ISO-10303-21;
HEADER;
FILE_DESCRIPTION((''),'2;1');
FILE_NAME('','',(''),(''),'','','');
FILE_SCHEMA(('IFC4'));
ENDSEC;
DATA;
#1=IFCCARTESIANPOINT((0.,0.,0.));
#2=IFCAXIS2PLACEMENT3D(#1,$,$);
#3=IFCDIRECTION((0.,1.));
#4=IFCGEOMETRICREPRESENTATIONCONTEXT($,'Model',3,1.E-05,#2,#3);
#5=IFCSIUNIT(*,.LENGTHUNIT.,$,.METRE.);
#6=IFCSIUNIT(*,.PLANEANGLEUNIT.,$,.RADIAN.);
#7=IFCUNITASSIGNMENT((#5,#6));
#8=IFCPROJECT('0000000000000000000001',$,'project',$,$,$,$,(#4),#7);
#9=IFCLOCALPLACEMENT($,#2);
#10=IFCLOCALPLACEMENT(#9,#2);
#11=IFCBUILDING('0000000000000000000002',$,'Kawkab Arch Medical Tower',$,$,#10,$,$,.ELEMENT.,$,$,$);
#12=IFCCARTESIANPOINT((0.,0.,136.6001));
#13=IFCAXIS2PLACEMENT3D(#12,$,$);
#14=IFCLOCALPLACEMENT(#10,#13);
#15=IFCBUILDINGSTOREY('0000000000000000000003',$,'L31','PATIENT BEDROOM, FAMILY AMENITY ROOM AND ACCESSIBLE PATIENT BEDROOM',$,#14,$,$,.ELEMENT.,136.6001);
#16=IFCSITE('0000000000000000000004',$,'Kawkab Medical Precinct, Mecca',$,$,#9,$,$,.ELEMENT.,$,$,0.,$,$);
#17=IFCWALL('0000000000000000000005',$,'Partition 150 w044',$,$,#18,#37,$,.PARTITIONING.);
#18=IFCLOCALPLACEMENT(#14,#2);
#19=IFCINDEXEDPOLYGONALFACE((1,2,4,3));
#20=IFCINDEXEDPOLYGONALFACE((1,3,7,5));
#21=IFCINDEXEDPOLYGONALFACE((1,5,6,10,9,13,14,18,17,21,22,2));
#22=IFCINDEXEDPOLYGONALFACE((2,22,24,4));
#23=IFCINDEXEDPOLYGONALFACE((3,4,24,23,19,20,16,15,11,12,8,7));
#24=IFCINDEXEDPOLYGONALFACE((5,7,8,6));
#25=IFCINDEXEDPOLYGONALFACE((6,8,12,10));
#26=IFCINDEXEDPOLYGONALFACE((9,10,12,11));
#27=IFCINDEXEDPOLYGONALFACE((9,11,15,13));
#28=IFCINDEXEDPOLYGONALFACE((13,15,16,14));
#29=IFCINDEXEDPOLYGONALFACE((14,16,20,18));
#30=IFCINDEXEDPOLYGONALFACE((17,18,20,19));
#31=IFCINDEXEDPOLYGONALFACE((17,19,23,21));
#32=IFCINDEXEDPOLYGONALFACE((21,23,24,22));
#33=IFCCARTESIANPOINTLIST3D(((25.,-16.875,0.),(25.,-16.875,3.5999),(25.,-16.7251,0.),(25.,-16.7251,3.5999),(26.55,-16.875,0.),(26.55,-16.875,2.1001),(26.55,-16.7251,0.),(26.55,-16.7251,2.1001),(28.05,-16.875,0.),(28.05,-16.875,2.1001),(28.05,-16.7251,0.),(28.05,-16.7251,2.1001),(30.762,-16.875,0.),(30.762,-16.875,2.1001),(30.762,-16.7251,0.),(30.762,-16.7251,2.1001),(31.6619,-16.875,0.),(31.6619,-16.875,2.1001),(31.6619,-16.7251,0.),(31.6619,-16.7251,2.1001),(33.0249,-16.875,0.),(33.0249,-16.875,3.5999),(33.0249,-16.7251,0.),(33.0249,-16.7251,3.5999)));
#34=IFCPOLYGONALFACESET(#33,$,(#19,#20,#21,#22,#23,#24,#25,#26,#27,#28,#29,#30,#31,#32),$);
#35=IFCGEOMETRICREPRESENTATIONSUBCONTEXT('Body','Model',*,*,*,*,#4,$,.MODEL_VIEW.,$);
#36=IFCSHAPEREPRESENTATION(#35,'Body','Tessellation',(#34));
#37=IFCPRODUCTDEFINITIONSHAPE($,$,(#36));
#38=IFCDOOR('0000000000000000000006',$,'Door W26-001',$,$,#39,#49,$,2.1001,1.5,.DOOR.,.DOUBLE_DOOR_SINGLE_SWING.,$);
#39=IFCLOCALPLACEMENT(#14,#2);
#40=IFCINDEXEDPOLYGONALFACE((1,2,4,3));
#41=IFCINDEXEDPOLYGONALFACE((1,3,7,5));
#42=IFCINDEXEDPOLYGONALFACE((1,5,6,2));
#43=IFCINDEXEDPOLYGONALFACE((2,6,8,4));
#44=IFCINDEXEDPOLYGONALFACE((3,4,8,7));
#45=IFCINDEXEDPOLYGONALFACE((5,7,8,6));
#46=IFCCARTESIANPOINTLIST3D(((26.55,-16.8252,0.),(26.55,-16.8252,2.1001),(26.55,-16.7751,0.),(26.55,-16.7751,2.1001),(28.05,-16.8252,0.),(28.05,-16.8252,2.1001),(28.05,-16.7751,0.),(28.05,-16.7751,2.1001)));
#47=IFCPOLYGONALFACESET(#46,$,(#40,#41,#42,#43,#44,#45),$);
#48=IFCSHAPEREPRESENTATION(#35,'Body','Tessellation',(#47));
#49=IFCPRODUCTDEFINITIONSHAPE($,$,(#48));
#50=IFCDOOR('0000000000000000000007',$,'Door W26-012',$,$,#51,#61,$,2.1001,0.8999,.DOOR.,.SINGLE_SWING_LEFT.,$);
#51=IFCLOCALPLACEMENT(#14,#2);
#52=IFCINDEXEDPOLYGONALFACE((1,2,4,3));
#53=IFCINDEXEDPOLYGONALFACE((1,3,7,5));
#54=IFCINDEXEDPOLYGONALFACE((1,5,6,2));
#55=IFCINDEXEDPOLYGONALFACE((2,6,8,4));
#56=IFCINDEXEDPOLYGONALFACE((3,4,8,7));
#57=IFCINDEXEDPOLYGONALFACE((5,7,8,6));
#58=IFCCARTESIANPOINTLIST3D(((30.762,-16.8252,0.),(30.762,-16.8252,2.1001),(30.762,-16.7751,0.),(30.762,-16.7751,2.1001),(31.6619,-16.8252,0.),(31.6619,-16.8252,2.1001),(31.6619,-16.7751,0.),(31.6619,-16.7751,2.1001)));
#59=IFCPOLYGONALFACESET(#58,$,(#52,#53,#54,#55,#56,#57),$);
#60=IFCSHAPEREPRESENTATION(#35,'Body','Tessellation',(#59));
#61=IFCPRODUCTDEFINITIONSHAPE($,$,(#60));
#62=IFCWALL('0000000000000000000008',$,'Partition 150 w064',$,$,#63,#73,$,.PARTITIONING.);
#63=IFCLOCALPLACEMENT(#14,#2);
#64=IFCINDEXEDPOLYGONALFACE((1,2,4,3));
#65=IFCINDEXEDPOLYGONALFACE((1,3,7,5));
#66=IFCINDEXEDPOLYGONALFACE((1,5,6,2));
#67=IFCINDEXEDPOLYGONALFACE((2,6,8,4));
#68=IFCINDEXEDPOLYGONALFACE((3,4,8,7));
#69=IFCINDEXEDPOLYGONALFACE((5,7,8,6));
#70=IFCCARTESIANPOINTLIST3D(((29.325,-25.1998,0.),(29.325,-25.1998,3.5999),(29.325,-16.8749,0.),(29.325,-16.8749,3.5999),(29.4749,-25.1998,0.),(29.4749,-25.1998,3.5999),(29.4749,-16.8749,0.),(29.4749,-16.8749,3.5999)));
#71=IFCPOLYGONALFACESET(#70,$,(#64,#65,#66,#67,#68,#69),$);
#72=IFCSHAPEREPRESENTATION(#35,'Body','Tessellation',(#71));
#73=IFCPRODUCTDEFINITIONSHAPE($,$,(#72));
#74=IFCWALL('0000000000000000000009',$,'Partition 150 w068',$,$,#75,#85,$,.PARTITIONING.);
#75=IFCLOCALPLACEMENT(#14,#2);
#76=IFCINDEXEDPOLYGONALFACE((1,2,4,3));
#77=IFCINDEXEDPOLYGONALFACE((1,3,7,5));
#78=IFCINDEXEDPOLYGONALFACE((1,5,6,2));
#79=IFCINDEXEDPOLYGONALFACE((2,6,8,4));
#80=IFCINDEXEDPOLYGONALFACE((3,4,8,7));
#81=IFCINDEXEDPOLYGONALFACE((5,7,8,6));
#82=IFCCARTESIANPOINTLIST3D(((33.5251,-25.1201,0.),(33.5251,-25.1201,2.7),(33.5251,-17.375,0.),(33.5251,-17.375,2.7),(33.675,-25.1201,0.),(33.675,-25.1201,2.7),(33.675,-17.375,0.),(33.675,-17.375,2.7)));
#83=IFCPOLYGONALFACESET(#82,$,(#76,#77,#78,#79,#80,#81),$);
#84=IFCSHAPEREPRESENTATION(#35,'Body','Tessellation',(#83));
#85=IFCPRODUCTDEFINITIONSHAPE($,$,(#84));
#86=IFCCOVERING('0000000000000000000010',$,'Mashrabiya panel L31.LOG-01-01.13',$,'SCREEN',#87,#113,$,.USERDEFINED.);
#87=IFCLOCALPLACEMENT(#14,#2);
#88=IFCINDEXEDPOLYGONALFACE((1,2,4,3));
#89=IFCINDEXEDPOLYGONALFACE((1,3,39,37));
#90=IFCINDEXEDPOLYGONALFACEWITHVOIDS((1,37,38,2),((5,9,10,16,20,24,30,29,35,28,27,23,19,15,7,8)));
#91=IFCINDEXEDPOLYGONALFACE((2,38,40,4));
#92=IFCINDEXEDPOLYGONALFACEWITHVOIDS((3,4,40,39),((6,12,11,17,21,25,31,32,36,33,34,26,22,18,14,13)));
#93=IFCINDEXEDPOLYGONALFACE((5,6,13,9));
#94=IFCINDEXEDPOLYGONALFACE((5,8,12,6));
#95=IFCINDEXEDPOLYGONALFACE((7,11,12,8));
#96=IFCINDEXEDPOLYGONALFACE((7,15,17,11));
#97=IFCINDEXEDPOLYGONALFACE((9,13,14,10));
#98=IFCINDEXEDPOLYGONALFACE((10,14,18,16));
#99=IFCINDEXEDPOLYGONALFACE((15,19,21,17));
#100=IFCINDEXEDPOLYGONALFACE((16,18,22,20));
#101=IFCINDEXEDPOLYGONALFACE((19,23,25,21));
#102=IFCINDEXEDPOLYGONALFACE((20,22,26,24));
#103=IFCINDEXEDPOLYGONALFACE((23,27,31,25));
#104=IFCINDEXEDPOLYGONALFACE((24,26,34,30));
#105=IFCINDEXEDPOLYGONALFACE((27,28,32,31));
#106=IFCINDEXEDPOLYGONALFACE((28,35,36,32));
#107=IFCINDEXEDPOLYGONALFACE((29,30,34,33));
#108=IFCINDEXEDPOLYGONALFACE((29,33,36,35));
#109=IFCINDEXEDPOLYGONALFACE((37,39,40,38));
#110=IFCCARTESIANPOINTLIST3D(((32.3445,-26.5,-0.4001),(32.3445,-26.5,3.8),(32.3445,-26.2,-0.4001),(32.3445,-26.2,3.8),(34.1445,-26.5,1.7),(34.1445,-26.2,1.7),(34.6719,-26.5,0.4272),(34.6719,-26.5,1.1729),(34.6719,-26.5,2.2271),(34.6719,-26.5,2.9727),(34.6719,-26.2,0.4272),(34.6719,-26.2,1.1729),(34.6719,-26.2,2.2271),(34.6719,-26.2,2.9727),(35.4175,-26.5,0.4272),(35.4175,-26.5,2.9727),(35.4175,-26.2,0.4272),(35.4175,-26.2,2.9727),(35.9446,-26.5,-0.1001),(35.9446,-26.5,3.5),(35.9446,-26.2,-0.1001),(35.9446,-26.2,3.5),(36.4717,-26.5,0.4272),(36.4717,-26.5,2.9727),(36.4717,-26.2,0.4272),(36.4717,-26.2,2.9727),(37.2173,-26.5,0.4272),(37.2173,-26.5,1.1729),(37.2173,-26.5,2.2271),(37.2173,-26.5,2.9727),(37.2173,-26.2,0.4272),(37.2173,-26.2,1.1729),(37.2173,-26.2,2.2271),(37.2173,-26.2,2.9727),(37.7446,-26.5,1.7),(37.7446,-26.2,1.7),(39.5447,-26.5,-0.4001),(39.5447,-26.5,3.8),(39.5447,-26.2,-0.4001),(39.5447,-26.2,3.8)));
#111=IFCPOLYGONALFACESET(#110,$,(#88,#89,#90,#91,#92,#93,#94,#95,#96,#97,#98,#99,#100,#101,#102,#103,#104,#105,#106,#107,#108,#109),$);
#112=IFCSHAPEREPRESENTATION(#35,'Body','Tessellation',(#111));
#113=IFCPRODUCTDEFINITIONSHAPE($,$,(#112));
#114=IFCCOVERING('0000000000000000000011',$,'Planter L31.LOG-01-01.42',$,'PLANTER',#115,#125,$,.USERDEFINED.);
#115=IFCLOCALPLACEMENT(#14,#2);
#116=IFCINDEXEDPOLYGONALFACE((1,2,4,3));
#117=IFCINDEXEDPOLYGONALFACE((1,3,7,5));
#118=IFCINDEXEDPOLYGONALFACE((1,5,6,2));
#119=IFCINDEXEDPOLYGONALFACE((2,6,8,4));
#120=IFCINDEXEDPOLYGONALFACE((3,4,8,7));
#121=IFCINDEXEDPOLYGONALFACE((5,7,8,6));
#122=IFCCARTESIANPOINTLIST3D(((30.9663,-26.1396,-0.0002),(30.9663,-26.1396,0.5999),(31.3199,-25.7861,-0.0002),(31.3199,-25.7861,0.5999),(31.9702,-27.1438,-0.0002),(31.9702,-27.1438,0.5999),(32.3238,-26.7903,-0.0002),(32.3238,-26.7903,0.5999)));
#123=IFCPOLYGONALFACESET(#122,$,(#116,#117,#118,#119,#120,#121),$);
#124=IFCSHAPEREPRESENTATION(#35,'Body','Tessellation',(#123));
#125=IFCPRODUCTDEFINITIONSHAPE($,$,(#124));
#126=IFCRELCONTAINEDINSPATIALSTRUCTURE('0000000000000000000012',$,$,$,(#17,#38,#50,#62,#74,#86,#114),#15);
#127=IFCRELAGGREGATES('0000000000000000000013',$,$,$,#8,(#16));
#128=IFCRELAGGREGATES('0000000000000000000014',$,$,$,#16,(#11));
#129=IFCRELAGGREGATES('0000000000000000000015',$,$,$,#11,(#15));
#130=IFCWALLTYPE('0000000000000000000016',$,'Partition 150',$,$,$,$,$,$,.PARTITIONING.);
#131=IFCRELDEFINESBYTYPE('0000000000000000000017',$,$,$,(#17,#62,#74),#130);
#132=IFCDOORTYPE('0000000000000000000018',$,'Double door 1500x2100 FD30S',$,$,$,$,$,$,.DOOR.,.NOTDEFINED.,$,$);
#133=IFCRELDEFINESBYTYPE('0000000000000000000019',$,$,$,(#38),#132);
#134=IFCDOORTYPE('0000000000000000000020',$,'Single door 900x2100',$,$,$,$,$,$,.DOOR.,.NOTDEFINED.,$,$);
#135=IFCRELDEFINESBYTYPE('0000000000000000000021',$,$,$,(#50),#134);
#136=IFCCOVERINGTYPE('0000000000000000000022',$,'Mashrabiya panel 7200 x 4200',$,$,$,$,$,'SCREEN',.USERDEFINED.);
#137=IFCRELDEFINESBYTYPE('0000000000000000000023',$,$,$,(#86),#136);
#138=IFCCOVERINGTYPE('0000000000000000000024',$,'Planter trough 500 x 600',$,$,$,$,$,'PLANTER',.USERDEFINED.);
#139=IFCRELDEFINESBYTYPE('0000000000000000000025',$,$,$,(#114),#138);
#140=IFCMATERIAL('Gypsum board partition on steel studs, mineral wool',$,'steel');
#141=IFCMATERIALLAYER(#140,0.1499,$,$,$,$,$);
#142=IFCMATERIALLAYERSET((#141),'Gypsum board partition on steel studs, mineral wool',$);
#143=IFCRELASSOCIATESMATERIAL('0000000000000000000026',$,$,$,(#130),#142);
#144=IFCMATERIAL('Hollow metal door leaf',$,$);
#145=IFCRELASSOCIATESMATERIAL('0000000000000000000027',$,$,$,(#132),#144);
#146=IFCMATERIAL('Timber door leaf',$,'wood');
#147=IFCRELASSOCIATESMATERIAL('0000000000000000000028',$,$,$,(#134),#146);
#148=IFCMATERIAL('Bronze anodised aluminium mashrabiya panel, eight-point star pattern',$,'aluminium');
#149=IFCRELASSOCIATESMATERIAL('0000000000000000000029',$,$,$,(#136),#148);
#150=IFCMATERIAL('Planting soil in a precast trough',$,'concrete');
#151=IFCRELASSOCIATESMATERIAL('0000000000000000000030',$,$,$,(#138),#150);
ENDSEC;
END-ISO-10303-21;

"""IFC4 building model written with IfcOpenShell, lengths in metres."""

from ifc_helpers import new_model, si_unit, direction, frame, frame_2d, origin, origin_2d, place, context, subcontext, project, spatial, polyline, rectangle, outline, extrude, material, layer, layer_set, material_profile, profile_set, type_object, element, fill, save


model = new_model("IFC4")

# Units and contexts
model_context = context("Model", 3, precision=1e-05, world=origin(), true_north=direction((0.0, 1.0)))
body_context = subcontext(model_context, "Body", "Model", "MODEL_VIEW")
ifc_project = project(units=[si_unit("LENGTHUNIT", "METRE"), si_unit("PLANEANGLEUNIT", "RADIAN")], contexts=[model_context])

# Site, building, storey
site_placement = place(None, origin())
site = spatial("IfcSite", under=ifc_project, at=site_placement, Name="Kawkab Medical Precinct, Mecca", CompositionType="ELEMENT", RefElevation=0.0)
building_placement = place(site_placement, origin())
building = spatial("IfcBuilding", under=site, at=building_placement, Name="Kawkab Arch Medical Tower", CompositionType="ELEMENT")
storey_placement = place(building_placement, frame((0.0, 0.0, 136.6001)))
storey = spatial("IfcBuildingStorey", under=building, at=storey_placement, Name="L31", Description="PATIENT BEDROOM, FAMILY AMENITY ROOM AND ACCESSIBLE PATIENT BEDROOM", CompositionType="ELEMENT", Elevation=136.6001)

# Shared definitions
ifc_material_1 = material(Name="Gypsum board partition on steel studs, mineral wool", Category="steel")
ifc_layer_1 = layer(ifc_material_1, 0.1499)
ifc_layer_set_1 = layer_set([ifc_layer_1], Name="Gypsum board partition on steel studs, mineral wool")
wall_type_1 = type_object("IfcWallType", Name="Partition 150", PredefinedType="PARTITIONING", material=ifc_layer_set_1)

# Wall, openings, doors
wall_1_placement = place(storey_placement, frame((25.0, -16.8, 0.0), z_axis=(0.0, 0.0, 1.0), x_axis=(1.0, 0.0, 0.0)))
wall_1 = element("IfcWall", 1, at=wall_1_placement, inside=storey, type_object=wall_type_1, Name="Partition 150 w044", PredefinedType="PARTITIONING", context=body_context, shape_type="SweptSolid", body=[
    extrude(rectangle(XDim=8.0249, YDim=0.1499, at=frame_2d((4.0125, 0.0))), origin(), (0.0, 0.0, 1.0), 3.5999),
])
opening_1_placement = place(wall_1_placement, frame((1.55, 0.0, 0.0)))
opening_1 = element("IfcOpeningElement", 2, at=opening_1_placement, cuts=wall_1, PredefinedType="OPENING", context=body_context, shape_type="SweptSolid", body=[
    extrude(rectangle(XDim=1.5, YDim=2.1001, at=frame_2d((0.75, 1.05))), frame((0.0, 0.085, 0.0), z_axis=(0.0, -1.0, 0.0), x_axis=(1.0, 0.0, 0.0)), (0.0, 0.0, 1.0), 0.1699),
])
opening_2_placement = place(wall_1_placement, frame((5.762, 0.0, 0.0)))
opening_2 = element("IfcOpeningElement", 3, at=opening_2_placement, cuts=wall_1, PredefinedType="OPENING", context=body_context, shape_type="SweptSolid", body=[
    extrude(rectangle(XDim=0.8999, YDim=2.1001, at=frame_2d((0.45, 1.05))), frame((0.0, 0.085, 0.0), z_axis=(0.0, -1.0, 0.0), x_axis=(1.0, 0.0, 0.0)), (0.0, 0.0, 1.0), 0.1699),
])
ifc_material_2 = material(Name="Hollow metal door leaf")
door_type_1 = type_object("IfcDoorType", Name="Double door 1500x2100 FD30S", OperationType="NOTDEFINED", PredefinedType="DOOR", material=ifc_material_2)
door_1_placement = place(opening_1_placement, origin())
door_1 = element("IfcDoor", 4, at=door_1_placement, inside=storey, type_object=door_type_1, Name="Door W26-001", OperationType="DOUBLE_DOOR_SINGLE_SWING", OverallHeight=2.1001, OverallWidth=1.5, PredefinedType="DOOR", context=body_context, shape_type="SweptSolid", body=[
    extrude(rectangle(XDim=1.5, YDim=2.1001, at=frame_2d((0.75, 1.05))), frame((0.0, 0.0249, 0.0), z_axis=(0.0, -1.0, 0.0), x_axis=(1.0, 0.0, 0.0)), (0.0, 0.0, 1.0), 0.05),
])
fill(opening_1, door_1)
ifc_material_3 = material(Name="Timber door leaf", Category="wood")
door_type_2 = type_object("IfcDoorType", Name="Single door 900x2100", OperationType="NOTDEFINED", PredefinedType="DOOR", material=ifc_material_3)
door_2_placement = place(opening_2_placement, origin())
door_2 = element("IfcDoor", 5, at=door_2_placement, inside=storey, type_object=door_type_2, Name="Door W26-012", OperationType="SINGLE_SWING_LEFT", OverallHeight=2.1001, OverallWidth=0.8999, PredefinedType="DOOR", context=body_context, shape_type="SweptSolid", body=[
    extrude(rectangle(XDim=0.8999, YDim=2.1001, at=frame_2d((0.45, 1.05))), frame((0.0, 0.0249, 0.0), z_axis=(0.0, -1.0, 0.0), x_axis=(1.0, 0.0, 0.0)), (0.0, 0.0, 1.0), 0.05),
])
fill(opening_2, door_2)

# Walls
wall_2_placement = place(storey_placement, frame((29.3999, -25.2, 0.0), z_axis=(0.0, 0.0, 1.0), x_axis=(0.0, 1.0, 0.0)))
element("IfcWall", 6, at=wall_2_placement, inside=storey, type_object=wall_type_1, Name="Partition 150 w064", PredefinedType="PARTITIONING", context=body_context, shape_type="SweptSolid", body=[
    extrude(rectangle(XDim=8.325, YDim=0.1499, at=frame_2d((4.1626, 0.0))), origin(), (0.0, 0.0, 1.0), 3.5999),
])
wall_3_placement = place(storey_placement, frame((33.6001, -25.1201, 0.0), z_axis=(0.0, 0.0, 1.0), x_axis=(0.0, 1.0, 0.0)))
element("IfcWall", 7, at=wall_3_placement, inside=storey, type_object=wall_type_1, Name="Partition 150 w068", PredefinedType="PARTITIONING", context=body_context, shape_type="SweptSolid", body=[
    extrude(rectangle(XDim=7.7451, YDim=0.1499, at=frame_2d((3.8726, 0.0))), origin(), (0.0, 0.0, 1.0), 2.7),
])

# Coverings
ifc_material_4 = material(Name="Bronze anodised aluminium mashrabiya panel, eight-point star pattern", Category="aluminium")
ifc_material_profile_1 = material_profile(ifc_material_4, outline(polyline([(-3.6001, -2.1001), (3.6001, -2.1001), (3.6001, 2.1001), (-3.6001, 2.1001), (-3.6001, -2.1001)]), holes=[polyline([(1.8, 0.0), (1.2727, 0.5271), (1.2727, 1.2727), (0.5271, 1.2727), (0.0, 1.8), (-0.5271, 1.2727), (-1.2727, 1.2727), (-1.2727, 0.5271), (-1.8, 0.0), (-1.2727, -0.5271), (-1.2727, -1.2727), (-0.5271, -1.2727), (0.0, -1.8), (0.5271, -1.2727), (1.2727, -1.2727), (1.2727, -0.5271), (1.8, 0.0)])]), Name="Mashrabiya panel 7200x4200")
ifc_profile_set_1 = profile_set([ifc_material_profile_1], Name="Bronze anodised aluminium mashrabiya panel, eight-point star pattern")
covering_type_1 = type_object("IfcCoveringType", Name="Mashrabiya panel 7200 x 4200", ElementType="SCREEN", PredefinedType="USERDEFINED", material=ifc_profile_set_1)
covering_1_placement = place(storey_placement, frame((35.9446, -26.2, 1.7), z_axis=(0.0, -1.0, 0.0), x_axis=(1.0, 0.0, 0.0)))
element("IfcCovering", 8, at=covering_1_placement, inside=storey, type_object=covering_type_1, Name="Mashrabiya panel L31.LOG-01-01.13", ObjectType="SCREEN", PredefinedType="USERDEFINED", context=body_context, shape_type="SweptSolid", body=[
    extrude(outline(polyline([(-3.6001, -2.1001), (3.6001, -2.1001), (3.6001, 2.1001), (-3.6001, 2.1001), (-3.6001, -2.1001)]), holes=[polyline([(1.8, 0.0), (1.2727, 0.5271), (1.2727, 1.2727), (0.5271, 1.2727), (0.0, 1.8), (-0.5271, 1.2727), (-1.2727, 1.2727), (-1.2727, 0.5271), (-1.8, 0.0), (-1.2727, -0.5271), (-1.2727, -1.2727), (-0.5271, -1.2727), (0.0, -1.8), (0.5271, -1.2727), (1.2727, -1.2727), (1.2727, -0.5271), (1.8, 0.0)])]), origin(), (0.0, 0.0, 1.0), 0.3),
])
ifc_material_5 = material(Name="Planting soil in a precast trough", Category="concrete")
ifc_material_profile_2 = material_profile(ifc_material_5, rectangle(XDim=0.5, YDim=0.6001, at=origin_2d()), Name="Trough 500x600")
ifc_profile_set_2 = profile_set([ifc_material_profile_2], Name="Planting soil in a precast trough")
covering_type_2 = type_object("IfcCoveringType", Name="Planter trough 500 x 600", ElementType="PLANTER", PredefinedType="USERDEFINED", material=ifc_profile_set_2)
covering_2_placement = place(storey_placement, frame((31.1431, -25.9629, 0.2998), z_axis=(0.707021, -0.707193, 0.0), x_axis=(0.707193, 0.707021, 0.0)))
element("IfcCovering", 9, at=covering_2_placement, inside=storey, type_object=covering_type_2, Name="Planter L31.LOG-01-01.42", ObjectType="PLANTER", PredefinedType="USERDEFINED", context=body_context, shape_type="SweptSolid", body=[
    extrude(rectangle(XDim=0.5, YDim=0.6001, at=origin_2d()), origin(), (0.0, 0.0, 1.0), 1.4199),
])

save(model, "model.ifc")
